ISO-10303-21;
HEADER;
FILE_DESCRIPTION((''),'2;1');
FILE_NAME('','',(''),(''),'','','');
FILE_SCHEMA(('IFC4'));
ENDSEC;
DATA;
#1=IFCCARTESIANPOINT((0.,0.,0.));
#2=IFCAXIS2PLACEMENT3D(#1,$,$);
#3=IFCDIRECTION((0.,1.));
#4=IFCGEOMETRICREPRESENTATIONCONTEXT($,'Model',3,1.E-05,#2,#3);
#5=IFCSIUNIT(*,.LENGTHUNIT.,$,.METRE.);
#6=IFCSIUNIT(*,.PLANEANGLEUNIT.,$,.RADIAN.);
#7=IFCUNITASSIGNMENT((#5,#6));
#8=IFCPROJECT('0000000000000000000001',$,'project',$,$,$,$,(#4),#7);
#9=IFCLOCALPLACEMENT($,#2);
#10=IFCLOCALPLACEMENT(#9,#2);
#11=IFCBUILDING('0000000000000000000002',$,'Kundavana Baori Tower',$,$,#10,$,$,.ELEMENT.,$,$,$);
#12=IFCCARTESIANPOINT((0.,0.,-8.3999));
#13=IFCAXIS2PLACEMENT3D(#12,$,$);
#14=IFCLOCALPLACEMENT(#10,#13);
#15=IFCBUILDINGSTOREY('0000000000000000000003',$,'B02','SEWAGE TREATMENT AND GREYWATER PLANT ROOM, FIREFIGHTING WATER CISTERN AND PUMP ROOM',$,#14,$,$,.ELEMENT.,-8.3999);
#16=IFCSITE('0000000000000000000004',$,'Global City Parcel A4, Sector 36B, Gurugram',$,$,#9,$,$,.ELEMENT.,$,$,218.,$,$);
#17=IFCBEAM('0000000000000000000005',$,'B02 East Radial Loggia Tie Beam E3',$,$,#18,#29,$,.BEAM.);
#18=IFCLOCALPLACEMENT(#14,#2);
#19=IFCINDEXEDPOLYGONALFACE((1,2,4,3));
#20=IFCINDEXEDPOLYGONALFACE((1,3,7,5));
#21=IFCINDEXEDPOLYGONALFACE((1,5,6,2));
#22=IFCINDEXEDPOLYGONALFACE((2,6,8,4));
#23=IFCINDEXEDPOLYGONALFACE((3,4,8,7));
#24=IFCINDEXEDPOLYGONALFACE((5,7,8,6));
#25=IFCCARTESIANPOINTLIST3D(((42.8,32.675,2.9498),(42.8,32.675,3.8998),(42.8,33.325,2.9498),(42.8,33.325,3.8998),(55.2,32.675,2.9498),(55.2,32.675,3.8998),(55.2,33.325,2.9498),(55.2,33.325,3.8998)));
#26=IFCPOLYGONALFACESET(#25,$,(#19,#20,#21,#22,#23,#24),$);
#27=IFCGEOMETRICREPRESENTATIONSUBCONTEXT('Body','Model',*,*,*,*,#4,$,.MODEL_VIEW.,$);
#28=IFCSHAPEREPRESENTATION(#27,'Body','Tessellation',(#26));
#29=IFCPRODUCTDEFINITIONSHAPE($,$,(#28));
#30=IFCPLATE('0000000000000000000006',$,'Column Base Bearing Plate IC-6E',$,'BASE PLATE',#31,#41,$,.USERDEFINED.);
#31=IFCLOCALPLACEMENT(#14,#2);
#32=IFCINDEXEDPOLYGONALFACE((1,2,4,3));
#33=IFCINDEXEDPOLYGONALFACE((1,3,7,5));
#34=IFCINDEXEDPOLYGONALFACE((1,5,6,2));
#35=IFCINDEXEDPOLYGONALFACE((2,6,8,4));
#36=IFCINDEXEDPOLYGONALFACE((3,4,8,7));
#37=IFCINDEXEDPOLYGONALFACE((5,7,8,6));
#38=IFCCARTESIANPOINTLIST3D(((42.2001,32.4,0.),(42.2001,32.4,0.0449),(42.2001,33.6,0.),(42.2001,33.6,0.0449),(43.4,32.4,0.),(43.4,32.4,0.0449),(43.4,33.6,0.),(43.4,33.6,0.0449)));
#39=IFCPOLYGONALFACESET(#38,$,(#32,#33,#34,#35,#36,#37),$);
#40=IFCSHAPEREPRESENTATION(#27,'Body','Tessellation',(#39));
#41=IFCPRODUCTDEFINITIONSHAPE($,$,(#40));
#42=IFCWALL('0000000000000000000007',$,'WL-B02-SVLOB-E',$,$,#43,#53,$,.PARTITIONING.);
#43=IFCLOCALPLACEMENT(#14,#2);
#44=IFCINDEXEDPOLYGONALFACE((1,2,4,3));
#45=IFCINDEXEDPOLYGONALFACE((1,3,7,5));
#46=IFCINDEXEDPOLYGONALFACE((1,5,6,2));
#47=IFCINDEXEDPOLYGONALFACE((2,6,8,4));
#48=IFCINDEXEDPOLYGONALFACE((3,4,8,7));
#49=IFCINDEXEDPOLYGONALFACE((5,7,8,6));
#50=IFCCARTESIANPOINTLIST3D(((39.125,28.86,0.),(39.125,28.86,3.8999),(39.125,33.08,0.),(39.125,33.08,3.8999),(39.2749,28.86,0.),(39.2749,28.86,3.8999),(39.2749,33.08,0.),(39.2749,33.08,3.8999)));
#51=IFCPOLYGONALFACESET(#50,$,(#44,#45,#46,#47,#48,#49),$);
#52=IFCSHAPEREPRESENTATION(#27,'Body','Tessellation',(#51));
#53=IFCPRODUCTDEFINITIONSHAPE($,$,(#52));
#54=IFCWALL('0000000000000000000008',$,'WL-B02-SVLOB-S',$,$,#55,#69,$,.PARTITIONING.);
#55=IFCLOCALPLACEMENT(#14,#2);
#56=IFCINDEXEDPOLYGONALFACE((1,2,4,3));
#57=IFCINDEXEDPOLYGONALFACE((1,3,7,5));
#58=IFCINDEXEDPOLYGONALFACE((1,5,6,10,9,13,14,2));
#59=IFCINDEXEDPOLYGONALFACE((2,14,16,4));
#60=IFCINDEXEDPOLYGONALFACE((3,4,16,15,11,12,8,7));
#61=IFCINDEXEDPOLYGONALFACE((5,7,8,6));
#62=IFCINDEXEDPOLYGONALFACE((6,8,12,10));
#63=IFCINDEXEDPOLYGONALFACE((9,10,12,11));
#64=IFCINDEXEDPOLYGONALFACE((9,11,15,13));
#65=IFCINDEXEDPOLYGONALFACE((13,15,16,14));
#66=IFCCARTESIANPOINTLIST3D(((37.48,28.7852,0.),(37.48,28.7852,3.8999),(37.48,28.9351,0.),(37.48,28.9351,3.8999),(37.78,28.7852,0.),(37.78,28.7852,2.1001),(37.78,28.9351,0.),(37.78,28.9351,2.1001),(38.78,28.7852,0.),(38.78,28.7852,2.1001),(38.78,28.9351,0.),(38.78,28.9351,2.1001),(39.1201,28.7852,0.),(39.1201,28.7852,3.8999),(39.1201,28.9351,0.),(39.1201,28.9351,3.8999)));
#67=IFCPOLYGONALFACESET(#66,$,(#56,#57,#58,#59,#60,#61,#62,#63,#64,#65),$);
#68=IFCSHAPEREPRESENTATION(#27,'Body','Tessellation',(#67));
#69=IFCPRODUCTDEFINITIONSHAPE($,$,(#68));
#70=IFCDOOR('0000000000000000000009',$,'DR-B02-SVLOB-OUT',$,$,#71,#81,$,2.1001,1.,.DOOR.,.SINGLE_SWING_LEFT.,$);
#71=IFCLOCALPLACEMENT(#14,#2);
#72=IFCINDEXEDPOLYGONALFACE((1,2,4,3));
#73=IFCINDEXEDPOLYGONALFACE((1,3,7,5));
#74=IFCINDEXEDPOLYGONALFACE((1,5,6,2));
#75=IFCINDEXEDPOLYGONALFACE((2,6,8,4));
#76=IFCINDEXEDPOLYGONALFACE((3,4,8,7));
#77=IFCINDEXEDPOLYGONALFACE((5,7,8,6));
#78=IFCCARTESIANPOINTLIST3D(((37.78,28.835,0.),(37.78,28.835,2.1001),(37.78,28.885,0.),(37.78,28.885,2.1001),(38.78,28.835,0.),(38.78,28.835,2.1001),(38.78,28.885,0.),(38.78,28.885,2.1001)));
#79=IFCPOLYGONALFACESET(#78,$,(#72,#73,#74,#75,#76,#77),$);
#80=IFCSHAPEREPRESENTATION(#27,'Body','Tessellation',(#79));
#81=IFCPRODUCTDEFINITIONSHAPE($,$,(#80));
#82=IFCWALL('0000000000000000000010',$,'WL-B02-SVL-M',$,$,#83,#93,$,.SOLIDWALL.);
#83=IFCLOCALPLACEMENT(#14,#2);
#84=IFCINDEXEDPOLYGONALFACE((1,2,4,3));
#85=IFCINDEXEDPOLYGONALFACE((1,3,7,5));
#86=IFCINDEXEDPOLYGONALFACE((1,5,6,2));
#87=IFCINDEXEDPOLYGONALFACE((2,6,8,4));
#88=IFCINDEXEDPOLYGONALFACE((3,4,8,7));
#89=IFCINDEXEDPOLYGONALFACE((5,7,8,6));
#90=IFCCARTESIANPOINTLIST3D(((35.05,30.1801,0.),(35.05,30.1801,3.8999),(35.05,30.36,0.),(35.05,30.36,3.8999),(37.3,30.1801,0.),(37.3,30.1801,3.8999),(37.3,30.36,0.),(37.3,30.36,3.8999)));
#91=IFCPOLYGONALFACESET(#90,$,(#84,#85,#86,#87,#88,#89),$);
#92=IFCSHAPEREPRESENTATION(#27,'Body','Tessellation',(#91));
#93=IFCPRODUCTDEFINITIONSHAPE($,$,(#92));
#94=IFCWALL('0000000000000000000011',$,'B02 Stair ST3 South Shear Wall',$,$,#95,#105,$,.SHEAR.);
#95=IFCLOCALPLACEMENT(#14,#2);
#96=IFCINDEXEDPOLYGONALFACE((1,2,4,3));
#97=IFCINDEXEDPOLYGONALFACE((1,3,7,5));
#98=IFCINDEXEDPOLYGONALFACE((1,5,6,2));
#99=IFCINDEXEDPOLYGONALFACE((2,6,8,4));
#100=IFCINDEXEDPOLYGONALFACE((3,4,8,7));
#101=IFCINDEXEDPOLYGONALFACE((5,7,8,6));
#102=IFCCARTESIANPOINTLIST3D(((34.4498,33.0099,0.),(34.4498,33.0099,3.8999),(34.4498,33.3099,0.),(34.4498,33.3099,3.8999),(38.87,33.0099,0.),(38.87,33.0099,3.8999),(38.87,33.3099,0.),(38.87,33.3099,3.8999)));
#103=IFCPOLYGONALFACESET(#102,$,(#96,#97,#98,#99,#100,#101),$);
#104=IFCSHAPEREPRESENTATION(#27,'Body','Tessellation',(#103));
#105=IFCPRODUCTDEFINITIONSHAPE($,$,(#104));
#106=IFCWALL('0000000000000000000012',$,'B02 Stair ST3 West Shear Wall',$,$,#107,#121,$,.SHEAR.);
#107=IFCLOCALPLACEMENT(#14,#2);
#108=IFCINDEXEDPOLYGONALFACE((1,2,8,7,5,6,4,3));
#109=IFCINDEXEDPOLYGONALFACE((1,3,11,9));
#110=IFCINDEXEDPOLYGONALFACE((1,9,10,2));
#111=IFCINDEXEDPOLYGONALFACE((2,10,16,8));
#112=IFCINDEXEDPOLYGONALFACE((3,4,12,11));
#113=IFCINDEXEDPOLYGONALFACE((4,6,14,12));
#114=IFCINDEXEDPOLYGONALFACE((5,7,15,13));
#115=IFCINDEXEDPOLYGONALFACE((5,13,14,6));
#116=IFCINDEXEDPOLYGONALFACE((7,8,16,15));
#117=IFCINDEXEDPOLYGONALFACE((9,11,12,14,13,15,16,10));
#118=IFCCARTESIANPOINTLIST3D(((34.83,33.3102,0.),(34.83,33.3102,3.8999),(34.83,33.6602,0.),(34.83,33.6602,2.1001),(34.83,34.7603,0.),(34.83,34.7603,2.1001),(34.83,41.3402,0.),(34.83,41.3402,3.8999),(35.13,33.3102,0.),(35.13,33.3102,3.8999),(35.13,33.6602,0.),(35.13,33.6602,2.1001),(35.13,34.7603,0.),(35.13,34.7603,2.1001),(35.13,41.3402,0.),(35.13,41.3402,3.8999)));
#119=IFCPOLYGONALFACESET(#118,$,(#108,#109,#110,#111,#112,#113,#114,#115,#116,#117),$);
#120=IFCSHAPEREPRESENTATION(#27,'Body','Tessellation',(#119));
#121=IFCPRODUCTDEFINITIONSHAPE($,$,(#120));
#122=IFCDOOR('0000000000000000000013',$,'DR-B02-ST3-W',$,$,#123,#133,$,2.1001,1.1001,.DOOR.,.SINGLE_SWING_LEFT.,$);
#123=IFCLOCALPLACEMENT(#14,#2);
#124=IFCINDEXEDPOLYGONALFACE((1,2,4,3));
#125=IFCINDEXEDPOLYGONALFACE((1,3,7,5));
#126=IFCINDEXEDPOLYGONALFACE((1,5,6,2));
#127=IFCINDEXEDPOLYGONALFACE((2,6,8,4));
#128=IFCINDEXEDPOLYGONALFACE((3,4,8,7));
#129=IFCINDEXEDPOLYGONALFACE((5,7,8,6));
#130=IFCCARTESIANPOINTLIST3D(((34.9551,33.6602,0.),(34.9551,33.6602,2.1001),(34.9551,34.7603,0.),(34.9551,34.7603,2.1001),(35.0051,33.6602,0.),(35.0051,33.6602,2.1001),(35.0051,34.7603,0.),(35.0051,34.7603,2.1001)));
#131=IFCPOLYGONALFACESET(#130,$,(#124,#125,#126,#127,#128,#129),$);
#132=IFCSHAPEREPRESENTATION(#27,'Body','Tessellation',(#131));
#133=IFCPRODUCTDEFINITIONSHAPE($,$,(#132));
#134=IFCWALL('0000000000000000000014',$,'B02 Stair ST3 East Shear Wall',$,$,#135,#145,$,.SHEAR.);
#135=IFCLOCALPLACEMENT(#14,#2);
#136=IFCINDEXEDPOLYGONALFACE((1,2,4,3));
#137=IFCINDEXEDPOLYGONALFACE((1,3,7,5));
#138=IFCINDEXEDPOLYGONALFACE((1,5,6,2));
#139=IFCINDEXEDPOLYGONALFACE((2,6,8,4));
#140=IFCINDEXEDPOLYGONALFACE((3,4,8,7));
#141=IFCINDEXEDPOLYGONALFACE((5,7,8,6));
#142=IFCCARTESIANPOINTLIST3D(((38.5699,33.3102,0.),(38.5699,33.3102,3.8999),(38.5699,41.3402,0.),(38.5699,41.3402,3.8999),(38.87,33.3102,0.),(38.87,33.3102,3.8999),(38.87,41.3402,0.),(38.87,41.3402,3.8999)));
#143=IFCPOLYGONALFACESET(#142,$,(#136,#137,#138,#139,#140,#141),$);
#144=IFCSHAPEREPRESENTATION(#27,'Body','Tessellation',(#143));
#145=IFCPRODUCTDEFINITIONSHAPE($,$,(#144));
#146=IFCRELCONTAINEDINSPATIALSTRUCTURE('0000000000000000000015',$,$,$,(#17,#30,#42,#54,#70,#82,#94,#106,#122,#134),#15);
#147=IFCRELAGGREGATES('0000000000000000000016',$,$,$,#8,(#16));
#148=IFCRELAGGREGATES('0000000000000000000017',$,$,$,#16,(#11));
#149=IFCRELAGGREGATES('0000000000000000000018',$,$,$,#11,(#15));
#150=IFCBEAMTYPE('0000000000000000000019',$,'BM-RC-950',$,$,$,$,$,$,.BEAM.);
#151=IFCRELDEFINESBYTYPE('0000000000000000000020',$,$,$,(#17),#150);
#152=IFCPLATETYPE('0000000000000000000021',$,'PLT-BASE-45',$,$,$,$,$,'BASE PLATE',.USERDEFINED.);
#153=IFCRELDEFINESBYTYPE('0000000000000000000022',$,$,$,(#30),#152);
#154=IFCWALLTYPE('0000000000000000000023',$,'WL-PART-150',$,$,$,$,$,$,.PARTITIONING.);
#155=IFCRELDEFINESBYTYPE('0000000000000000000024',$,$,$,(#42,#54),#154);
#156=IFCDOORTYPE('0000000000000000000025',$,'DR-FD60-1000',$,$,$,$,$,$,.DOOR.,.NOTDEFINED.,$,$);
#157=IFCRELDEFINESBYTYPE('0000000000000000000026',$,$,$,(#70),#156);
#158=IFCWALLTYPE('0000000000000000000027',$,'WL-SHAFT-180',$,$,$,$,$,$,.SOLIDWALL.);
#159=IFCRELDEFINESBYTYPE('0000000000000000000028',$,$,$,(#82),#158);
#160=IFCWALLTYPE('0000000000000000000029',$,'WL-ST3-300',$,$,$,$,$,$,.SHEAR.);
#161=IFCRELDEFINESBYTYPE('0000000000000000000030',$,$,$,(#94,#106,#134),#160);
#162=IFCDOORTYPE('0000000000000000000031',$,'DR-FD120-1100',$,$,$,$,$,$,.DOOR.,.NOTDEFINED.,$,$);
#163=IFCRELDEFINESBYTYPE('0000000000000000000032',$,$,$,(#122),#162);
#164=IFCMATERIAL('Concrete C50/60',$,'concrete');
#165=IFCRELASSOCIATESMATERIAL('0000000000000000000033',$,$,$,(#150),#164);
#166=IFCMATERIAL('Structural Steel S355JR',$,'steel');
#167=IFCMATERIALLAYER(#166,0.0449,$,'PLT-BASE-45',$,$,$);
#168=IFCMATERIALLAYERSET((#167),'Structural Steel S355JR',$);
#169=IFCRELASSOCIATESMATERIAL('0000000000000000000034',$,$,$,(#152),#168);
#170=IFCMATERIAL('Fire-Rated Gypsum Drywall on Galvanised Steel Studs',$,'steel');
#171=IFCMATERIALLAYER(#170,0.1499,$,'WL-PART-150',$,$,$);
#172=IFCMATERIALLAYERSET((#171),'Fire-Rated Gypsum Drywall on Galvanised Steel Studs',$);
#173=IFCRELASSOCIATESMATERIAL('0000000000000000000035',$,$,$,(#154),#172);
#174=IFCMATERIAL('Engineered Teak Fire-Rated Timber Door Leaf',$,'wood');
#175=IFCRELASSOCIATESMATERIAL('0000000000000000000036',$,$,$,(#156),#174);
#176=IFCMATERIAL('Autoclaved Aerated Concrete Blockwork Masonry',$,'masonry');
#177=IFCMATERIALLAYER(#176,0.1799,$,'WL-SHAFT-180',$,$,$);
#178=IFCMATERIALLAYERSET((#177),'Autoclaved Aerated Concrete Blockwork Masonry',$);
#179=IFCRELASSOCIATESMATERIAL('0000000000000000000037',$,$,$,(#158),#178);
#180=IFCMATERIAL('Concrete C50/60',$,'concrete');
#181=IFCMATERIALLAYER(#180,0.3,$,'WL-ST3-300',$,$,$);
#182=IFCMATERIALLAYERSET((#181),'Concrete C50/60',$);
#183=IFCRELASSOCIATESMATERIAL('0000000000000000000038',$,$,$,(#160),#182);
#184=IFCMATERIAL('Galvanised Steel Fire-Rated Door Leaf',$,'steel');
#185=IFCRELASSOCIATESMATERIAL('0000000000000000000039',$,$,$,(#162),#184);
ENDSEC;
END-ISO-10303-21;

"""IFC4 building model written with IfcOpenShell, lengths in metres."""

from ifc_helpers import new_model, si_unit, direction, frame, frame_2d, origin, origin_2d, place, context, subcontext, project, spatial, rectangle, extrude, material, layer, layer_set, material_profile, profile_set, type_object, element, fill, save


model = new_model("IFC4")

# Units and contexts
model_context = context("Model", 3, precision=1e-05, world=origin(), true_north=direction((0.0, 1.0)))
body_context = subcontext(model_context, "Body", "Model", "MODEL_VIEW")
ifc_project = project(units=[si_unit("LENGTHUNIT", "METRE"), si_unit("PLANEANGLEUNIT", "RADIAN")], contexts=[model_context])

# Site, building, storey
site_placement = place(None, origin())
site = spatial("IfcSite", under=ifc_project, at=site_placement, Name="Global City Parcel A4, Sector 36B, Gurugram", CompositionType="ELEMENT", RefElevation=218.0)
building_placement = place(site_placement, origin())
building = spatial("IfcBuilding", under=site, at=building_placement, Name="Kundavana Baori Tower", CompositionType="ELEMENT")
storey_placement = place(building_placement, frame((0.0, 0.0, -8.3999)))
storey = spatial("IfcBuildingStorey", under=building, at=storey_placement, Name="B02", Description="SEWAGE TREATMENT AND GREYWATER PLANT ROOM, FIREFIGHTING WATER CISTERN AND PUMP ROOM", CompositionType="ELEMENT", Elevation=-8.3999)

# Beam
ifc_material_1 = material(Name="Concrete C50/60", Category="concrete")
ifc_material_profile_1 = material_profile(ifc_material_1, rectangle(XDim=0.6499, YDim=0.95, at=origin_2d()), Name="RC BM 650x950")
ifc_profile_set_1 = profile_set([ifc_material_profile_1], Name="Concrete C50/60")
beam_type = type_object("IfcBeamType", Name="BM-RC-950", PredefinedType="BEAM", material=ifc_profile_set_1)
beam_1_placement = place(storey_placement, frame((42.8, 33.0, 3.4248), z_axis=(1.0, 0.0, 0.0), x_axis=(0.0, 1.0, 0.0)))
element("IfcBeam", 1, at=beam_1_placement, inside=storey, type_object=beam_type, Name="B02 East Radial Loggia Tie Beam E3", PredefinedType="BEAM", context=body_context, shape_type="SweptSolid", body=[
    extrude(rectangle(XDim=0.6499, YDim=0.95, at=origin_2d()), origin(), (0.0, 0.0, 1.0), 12.3999),
])

# Plate
ifc_material_2 = material(Name="Structural Steel S355JR", Category="steel")
ifc_layer_1 = layer(ifc_material_2, 0.0449, Name="PLT-BASE-45")
ifc_layer_set_1 = layer_set([ifc_layer_1], Name="Structural Steel S355JR")
plate_type = type_object("IfcPlateType", Name="PLT-BASE-45", ElementType="BASE PLATE", PredefinedType="USERDEFINED", material=ifc_layer_set_1)
plate_placement = place(storey_placement, frame((42.8, 33.0, 0.0), z_axis=(0.0, 0.0, 1.0), x_axis=(1.0, 0.0, 0.0)))
element("IfcPlate", 2, at=plate_placement, inside=storey, type_object=plate_type, Name="Column Base Bearing Plate IC-6E", ObjectType="BASE PLATE", PredefinedType="USERDEFINED", context=body_context, shape_type="SweptSolid", body=[
    extrude(rectangle(XDim=1.2, YDim=1.2, at=origin_2d()), origin(), (0.0, 0.0, 1.0), 0.0449),
])

# Wall
ifc_material_3 = material(Name="Fire-Rated Gypsum Drywall on Galvanised Steel Studs", Category="steel")
ifc_layer_2 = layer(ifc_material_3, 0.1499, Name="WL-PART-150")
ifc_layer_set_2 = layer_set([ifc_layer_2], Name="Fire-Rated Gypsum Drywall on Galvanised Steel Studs")
wall_type_1 = type_object("IfcWallType", Name="WL-PART-150", PredefinedType="PARTITIONING", material=ifc_layer_set_2)
wall_1_placement = place(storey_placement, frame((39.2, 28.8601, 0.0), z_axis=(0.0, 0.0, 1.0), x_axis=(0.0, 1.0, 0.0)))
element("IfcWall", 3, at=wall_1_placement, inside=storey, type_object=wall_type_1, Name="WL-B02-SVLOB-E", PredefinedType="PARTITIONING", context=body_context, shape_type="SweptSolid", body=[
    extrude(rectangle(XDim=4.22, YDim=0.1499, at=frame_2d((2.1099, 0.0))), origin(), (0.0, 0.0, 1.0), 3.8999),
])

# Wall, opening, door
wall_2_placement = place(storey_placement, frame((37.48, 28.8601, 0.0), z_axis=(0.0, 0.0, 1.0), x_axis=(1.0, 0.0, 0.0)))
wall_2 = element("IfcWall", 4, at=wall_2_placement, inside=storey, type_object=wall_type_1, Name="WL-B02-SVLOB-S", PredefinedType="PARTITIONING", context=body_context, shape_type="SweptSolid", body=[
    extrude(rectangle(XDim=1.6401, YDim=0.1499, at=frame_2d((0.8201, 0.0))), origin(), (0.0, 0.0, 1.0), 3.8999),
])
opening_1_placement = place(wall_2_placement, frame((0.3, 0.0, 0.0)))
opening_1 = element("IfcOpeningElement", 5, at=opening_1_placement, cuts=wall_2, PredefinedType="OPENING", context=body_context, shape_type="SweptSolid", body=[
    extrude(rectangle(XDim=1.0, YDim=2.1001, at=frame_2d((0.5, 1.05))), frame((0.0, 0.085, 0.0), z_axis=(0.0, -1.0, 0.0), x_axis=(1.0, 0.0, 0.0)), (0.0, 0.0, 1.0), 0.1699),
])
ifc_material_4 = material(Name="Engineered Teak Fire-Rated Timber Door Leaf", Category="wood")
door_type_1 = type_object("IfcDoorType", Name="DR-FD60-1000", OperationType="NOTDEFINED", PredefinedType="DOOR", material=ifc_material_4)
door_1_placement = place(opening_1_placement, origin())
door_1 = element("IfcDoor", 6, at=door_1_placement, inside=storey, type_object=door_type_1, Name="DR-B02-SVLOB-OUT", OperationType="SINGLE_SWING_LEFT", OverallHeight=2.1001, OverallWidth=1.0, PredefinedType="DOOR", context=body_context, shape_type="SweptSolid", body=[
    extrude(rectangle(XDim=1.0, YDim=2.1001, at=frame_2d((0.5, 1.05))), frame((0.0, 0.0249, 0.0), z_axis=(0.0, -1.0, 0.0), x_axis=(1.0, 0.0, 0.0)), (0.0, 0.0, 1.0), 0.05),
])
fill(opening_1, door_1)

# Walls
ifc_material_5 = material(Name="Autoclaved Aerated Concrete Blockwork Masonry", Category="masonry")
ifc_layer_3 = layer(ifc_material_5, 0.1799, Name="WL-SHAFT-180")
ifc_layer_set_3 = layer_set([ifc_layer_3], Name="Autoclaved Aerated Concrete Blockwork Masonry")
wall_type_2 = type_object("IfcWallType", Name="WL-SHAFT-180", PredefinedType="SOLIDWALL", material=ifc_layer_set_3)
wall_3_placement = place(storey_placement, frame((35.05, 30.27, 0.0), z_axis=(0.0, 0.0, 1.0), x_axis=(1.0, 0.0, 0.0)))
element("IfcWall", 7, at=wall_3_placement, inside=storey, type_object=wall_type_2, Name="WL-B02-SVL-M", PredefinedType="SOLIDWALL", context=body_context, shape_type="SweptSolid", body=[
    extrude(rectangle(XDim=2.25, YDim=0.1799, at=frame_2d((1.125, 0.0))), origin(), (0.0, 0.0, 1.0), 3.8999),
])
ifc_material_6 = material(Name="Concrete C50/60", Category="concrete")
ifc_layer_4 = layer(ifc_material_6, 0.3, Name="WL-ST3-300")
ifc_layer_set_4 = layer_set([ifc_layer_4], Name="Concrete C50/60")
wall_type_3 = type_object("IfcWallType", Name="WL-ST3-300", PredefinedType="SHEAR", material=ifc_layer_set_4)
wall_4_placement = place(storey_placement, frame((34.45, 33.1599, 0.0), z_axis=(0.0, 0.0, 1.0), x_axis=(1.0, 0.0, 0.0)))
element("IfcWall", 8, at=wall_4_placement, inside=storey, type_object=wall_type_3, Name="B02 Stair ST3 South Shear Wall", PredefinedType="SHEAR", context=body_context, shape_type="SweptSolid", body=[
    extrude(rectangle(XDim=4.4202, YDim=0.3, at=frame_2d((2.21, 0.0))), origin(), (0.0, 0.0, 1.0), 3.8999),
])

# Wall, opening, door
wall_5_placement = place(storey_placement, frame((34.98, 33.3101, 0.0), z_axis=(0.0, 0.0, 1.0), x_axis=(0.0, 1.0, 0.0)))
wall_5 = element("IfcWall", 9, at=wall_5_placement, inside=storey, type_object=wall_type_3, Name="B02 Stair ST3 West Shear Wall", PredefinedType="SHEAR", context=body_context, shape_type="SweptSolid", body=[
    extrude(rectangle(XDim=8.03, YDim=0.3, at=frame_2d((4.0151, 0.0))), origin(), (0.0, 0.0, 1.0), 3.8999),
])
opening_2_placement = place(wall_5_placement, frame((0.3501, 0.0, 0.0)))
opening_2 = element("IfcOpeningElement", 10, at=opening_2_placement, cuts=wall_5, PredefinedType="OPENING", context=body_context, shape_type="SweptSolid", body=[
    extrude(rectangle(XDim=1.1001, YDim=2.1001, at=frame_2d((0.55, 1.05))), frame((0.0, 0.1602, 0.0), z_axis=(0.0, -1.0, 0.0), x_axis=(1.0, 0.0, 0.0)), (0.0, 0.0, 1.0), 0.3201),
])
ifc_material_7 = material(Name="Galvanised Steel Fire-Rated Door Leaf", Category="steel")
door_type_2 = type_object("IfcDoorType", Name="DR-FD120-1100", OperationType="NOTDEFINED", PredefinedType="DOOR", material=ifc_material_7)
door_2_placement = place(opening_2_placement, origin())
door_2 = element("IfcDoor", 11, at=door_2_placement, inside=storey, type_object=door_type_2, Name="DR-B02-ST3-W", OperationType="SINGLE_SWING_LEFT", OverallHeight=2.1001, OverallWidth=1.1001, PredefinedType="DOOR", context=body_context, shape_type="SweptSolid", body=[
    extrude(rectangle(XDim=1.1001, YDim=2.1001, at=frame_2d((0.55, 1.05))), frame((0.0, 0.0249, 0.0), z_axis=(0.0, -1.0, 0.0), x_axis=(1.0, 0.0, 0.0)), (0.0, 0.0, 1.0), 0.05),
])
fill(opening_2, door_2)

# Wall
wall_6_placement = place(storey_placement, frame((38.72, 33.3101, 0.0), z_axis=(0.0, 0.0, 1.0), x_axis=(0.0, 1.0, 0.0)))
element("IfcWall", 12, at=wall_6_placement, inside=storey, type_object=wall_type_3, Name="B02 Stair ST3 East Shear Wall", PredefinedType="SHEAR", context=body_context, shape_type="SweptSolid", body=[
    extrude(rectangle(XDim=8.03, YDim=0.3, at=frame_2d((4.0151, 0.0))), origin(), (0.0, 0.0, 1.0), 3.8999),
])

save(model, "model.ifc")
